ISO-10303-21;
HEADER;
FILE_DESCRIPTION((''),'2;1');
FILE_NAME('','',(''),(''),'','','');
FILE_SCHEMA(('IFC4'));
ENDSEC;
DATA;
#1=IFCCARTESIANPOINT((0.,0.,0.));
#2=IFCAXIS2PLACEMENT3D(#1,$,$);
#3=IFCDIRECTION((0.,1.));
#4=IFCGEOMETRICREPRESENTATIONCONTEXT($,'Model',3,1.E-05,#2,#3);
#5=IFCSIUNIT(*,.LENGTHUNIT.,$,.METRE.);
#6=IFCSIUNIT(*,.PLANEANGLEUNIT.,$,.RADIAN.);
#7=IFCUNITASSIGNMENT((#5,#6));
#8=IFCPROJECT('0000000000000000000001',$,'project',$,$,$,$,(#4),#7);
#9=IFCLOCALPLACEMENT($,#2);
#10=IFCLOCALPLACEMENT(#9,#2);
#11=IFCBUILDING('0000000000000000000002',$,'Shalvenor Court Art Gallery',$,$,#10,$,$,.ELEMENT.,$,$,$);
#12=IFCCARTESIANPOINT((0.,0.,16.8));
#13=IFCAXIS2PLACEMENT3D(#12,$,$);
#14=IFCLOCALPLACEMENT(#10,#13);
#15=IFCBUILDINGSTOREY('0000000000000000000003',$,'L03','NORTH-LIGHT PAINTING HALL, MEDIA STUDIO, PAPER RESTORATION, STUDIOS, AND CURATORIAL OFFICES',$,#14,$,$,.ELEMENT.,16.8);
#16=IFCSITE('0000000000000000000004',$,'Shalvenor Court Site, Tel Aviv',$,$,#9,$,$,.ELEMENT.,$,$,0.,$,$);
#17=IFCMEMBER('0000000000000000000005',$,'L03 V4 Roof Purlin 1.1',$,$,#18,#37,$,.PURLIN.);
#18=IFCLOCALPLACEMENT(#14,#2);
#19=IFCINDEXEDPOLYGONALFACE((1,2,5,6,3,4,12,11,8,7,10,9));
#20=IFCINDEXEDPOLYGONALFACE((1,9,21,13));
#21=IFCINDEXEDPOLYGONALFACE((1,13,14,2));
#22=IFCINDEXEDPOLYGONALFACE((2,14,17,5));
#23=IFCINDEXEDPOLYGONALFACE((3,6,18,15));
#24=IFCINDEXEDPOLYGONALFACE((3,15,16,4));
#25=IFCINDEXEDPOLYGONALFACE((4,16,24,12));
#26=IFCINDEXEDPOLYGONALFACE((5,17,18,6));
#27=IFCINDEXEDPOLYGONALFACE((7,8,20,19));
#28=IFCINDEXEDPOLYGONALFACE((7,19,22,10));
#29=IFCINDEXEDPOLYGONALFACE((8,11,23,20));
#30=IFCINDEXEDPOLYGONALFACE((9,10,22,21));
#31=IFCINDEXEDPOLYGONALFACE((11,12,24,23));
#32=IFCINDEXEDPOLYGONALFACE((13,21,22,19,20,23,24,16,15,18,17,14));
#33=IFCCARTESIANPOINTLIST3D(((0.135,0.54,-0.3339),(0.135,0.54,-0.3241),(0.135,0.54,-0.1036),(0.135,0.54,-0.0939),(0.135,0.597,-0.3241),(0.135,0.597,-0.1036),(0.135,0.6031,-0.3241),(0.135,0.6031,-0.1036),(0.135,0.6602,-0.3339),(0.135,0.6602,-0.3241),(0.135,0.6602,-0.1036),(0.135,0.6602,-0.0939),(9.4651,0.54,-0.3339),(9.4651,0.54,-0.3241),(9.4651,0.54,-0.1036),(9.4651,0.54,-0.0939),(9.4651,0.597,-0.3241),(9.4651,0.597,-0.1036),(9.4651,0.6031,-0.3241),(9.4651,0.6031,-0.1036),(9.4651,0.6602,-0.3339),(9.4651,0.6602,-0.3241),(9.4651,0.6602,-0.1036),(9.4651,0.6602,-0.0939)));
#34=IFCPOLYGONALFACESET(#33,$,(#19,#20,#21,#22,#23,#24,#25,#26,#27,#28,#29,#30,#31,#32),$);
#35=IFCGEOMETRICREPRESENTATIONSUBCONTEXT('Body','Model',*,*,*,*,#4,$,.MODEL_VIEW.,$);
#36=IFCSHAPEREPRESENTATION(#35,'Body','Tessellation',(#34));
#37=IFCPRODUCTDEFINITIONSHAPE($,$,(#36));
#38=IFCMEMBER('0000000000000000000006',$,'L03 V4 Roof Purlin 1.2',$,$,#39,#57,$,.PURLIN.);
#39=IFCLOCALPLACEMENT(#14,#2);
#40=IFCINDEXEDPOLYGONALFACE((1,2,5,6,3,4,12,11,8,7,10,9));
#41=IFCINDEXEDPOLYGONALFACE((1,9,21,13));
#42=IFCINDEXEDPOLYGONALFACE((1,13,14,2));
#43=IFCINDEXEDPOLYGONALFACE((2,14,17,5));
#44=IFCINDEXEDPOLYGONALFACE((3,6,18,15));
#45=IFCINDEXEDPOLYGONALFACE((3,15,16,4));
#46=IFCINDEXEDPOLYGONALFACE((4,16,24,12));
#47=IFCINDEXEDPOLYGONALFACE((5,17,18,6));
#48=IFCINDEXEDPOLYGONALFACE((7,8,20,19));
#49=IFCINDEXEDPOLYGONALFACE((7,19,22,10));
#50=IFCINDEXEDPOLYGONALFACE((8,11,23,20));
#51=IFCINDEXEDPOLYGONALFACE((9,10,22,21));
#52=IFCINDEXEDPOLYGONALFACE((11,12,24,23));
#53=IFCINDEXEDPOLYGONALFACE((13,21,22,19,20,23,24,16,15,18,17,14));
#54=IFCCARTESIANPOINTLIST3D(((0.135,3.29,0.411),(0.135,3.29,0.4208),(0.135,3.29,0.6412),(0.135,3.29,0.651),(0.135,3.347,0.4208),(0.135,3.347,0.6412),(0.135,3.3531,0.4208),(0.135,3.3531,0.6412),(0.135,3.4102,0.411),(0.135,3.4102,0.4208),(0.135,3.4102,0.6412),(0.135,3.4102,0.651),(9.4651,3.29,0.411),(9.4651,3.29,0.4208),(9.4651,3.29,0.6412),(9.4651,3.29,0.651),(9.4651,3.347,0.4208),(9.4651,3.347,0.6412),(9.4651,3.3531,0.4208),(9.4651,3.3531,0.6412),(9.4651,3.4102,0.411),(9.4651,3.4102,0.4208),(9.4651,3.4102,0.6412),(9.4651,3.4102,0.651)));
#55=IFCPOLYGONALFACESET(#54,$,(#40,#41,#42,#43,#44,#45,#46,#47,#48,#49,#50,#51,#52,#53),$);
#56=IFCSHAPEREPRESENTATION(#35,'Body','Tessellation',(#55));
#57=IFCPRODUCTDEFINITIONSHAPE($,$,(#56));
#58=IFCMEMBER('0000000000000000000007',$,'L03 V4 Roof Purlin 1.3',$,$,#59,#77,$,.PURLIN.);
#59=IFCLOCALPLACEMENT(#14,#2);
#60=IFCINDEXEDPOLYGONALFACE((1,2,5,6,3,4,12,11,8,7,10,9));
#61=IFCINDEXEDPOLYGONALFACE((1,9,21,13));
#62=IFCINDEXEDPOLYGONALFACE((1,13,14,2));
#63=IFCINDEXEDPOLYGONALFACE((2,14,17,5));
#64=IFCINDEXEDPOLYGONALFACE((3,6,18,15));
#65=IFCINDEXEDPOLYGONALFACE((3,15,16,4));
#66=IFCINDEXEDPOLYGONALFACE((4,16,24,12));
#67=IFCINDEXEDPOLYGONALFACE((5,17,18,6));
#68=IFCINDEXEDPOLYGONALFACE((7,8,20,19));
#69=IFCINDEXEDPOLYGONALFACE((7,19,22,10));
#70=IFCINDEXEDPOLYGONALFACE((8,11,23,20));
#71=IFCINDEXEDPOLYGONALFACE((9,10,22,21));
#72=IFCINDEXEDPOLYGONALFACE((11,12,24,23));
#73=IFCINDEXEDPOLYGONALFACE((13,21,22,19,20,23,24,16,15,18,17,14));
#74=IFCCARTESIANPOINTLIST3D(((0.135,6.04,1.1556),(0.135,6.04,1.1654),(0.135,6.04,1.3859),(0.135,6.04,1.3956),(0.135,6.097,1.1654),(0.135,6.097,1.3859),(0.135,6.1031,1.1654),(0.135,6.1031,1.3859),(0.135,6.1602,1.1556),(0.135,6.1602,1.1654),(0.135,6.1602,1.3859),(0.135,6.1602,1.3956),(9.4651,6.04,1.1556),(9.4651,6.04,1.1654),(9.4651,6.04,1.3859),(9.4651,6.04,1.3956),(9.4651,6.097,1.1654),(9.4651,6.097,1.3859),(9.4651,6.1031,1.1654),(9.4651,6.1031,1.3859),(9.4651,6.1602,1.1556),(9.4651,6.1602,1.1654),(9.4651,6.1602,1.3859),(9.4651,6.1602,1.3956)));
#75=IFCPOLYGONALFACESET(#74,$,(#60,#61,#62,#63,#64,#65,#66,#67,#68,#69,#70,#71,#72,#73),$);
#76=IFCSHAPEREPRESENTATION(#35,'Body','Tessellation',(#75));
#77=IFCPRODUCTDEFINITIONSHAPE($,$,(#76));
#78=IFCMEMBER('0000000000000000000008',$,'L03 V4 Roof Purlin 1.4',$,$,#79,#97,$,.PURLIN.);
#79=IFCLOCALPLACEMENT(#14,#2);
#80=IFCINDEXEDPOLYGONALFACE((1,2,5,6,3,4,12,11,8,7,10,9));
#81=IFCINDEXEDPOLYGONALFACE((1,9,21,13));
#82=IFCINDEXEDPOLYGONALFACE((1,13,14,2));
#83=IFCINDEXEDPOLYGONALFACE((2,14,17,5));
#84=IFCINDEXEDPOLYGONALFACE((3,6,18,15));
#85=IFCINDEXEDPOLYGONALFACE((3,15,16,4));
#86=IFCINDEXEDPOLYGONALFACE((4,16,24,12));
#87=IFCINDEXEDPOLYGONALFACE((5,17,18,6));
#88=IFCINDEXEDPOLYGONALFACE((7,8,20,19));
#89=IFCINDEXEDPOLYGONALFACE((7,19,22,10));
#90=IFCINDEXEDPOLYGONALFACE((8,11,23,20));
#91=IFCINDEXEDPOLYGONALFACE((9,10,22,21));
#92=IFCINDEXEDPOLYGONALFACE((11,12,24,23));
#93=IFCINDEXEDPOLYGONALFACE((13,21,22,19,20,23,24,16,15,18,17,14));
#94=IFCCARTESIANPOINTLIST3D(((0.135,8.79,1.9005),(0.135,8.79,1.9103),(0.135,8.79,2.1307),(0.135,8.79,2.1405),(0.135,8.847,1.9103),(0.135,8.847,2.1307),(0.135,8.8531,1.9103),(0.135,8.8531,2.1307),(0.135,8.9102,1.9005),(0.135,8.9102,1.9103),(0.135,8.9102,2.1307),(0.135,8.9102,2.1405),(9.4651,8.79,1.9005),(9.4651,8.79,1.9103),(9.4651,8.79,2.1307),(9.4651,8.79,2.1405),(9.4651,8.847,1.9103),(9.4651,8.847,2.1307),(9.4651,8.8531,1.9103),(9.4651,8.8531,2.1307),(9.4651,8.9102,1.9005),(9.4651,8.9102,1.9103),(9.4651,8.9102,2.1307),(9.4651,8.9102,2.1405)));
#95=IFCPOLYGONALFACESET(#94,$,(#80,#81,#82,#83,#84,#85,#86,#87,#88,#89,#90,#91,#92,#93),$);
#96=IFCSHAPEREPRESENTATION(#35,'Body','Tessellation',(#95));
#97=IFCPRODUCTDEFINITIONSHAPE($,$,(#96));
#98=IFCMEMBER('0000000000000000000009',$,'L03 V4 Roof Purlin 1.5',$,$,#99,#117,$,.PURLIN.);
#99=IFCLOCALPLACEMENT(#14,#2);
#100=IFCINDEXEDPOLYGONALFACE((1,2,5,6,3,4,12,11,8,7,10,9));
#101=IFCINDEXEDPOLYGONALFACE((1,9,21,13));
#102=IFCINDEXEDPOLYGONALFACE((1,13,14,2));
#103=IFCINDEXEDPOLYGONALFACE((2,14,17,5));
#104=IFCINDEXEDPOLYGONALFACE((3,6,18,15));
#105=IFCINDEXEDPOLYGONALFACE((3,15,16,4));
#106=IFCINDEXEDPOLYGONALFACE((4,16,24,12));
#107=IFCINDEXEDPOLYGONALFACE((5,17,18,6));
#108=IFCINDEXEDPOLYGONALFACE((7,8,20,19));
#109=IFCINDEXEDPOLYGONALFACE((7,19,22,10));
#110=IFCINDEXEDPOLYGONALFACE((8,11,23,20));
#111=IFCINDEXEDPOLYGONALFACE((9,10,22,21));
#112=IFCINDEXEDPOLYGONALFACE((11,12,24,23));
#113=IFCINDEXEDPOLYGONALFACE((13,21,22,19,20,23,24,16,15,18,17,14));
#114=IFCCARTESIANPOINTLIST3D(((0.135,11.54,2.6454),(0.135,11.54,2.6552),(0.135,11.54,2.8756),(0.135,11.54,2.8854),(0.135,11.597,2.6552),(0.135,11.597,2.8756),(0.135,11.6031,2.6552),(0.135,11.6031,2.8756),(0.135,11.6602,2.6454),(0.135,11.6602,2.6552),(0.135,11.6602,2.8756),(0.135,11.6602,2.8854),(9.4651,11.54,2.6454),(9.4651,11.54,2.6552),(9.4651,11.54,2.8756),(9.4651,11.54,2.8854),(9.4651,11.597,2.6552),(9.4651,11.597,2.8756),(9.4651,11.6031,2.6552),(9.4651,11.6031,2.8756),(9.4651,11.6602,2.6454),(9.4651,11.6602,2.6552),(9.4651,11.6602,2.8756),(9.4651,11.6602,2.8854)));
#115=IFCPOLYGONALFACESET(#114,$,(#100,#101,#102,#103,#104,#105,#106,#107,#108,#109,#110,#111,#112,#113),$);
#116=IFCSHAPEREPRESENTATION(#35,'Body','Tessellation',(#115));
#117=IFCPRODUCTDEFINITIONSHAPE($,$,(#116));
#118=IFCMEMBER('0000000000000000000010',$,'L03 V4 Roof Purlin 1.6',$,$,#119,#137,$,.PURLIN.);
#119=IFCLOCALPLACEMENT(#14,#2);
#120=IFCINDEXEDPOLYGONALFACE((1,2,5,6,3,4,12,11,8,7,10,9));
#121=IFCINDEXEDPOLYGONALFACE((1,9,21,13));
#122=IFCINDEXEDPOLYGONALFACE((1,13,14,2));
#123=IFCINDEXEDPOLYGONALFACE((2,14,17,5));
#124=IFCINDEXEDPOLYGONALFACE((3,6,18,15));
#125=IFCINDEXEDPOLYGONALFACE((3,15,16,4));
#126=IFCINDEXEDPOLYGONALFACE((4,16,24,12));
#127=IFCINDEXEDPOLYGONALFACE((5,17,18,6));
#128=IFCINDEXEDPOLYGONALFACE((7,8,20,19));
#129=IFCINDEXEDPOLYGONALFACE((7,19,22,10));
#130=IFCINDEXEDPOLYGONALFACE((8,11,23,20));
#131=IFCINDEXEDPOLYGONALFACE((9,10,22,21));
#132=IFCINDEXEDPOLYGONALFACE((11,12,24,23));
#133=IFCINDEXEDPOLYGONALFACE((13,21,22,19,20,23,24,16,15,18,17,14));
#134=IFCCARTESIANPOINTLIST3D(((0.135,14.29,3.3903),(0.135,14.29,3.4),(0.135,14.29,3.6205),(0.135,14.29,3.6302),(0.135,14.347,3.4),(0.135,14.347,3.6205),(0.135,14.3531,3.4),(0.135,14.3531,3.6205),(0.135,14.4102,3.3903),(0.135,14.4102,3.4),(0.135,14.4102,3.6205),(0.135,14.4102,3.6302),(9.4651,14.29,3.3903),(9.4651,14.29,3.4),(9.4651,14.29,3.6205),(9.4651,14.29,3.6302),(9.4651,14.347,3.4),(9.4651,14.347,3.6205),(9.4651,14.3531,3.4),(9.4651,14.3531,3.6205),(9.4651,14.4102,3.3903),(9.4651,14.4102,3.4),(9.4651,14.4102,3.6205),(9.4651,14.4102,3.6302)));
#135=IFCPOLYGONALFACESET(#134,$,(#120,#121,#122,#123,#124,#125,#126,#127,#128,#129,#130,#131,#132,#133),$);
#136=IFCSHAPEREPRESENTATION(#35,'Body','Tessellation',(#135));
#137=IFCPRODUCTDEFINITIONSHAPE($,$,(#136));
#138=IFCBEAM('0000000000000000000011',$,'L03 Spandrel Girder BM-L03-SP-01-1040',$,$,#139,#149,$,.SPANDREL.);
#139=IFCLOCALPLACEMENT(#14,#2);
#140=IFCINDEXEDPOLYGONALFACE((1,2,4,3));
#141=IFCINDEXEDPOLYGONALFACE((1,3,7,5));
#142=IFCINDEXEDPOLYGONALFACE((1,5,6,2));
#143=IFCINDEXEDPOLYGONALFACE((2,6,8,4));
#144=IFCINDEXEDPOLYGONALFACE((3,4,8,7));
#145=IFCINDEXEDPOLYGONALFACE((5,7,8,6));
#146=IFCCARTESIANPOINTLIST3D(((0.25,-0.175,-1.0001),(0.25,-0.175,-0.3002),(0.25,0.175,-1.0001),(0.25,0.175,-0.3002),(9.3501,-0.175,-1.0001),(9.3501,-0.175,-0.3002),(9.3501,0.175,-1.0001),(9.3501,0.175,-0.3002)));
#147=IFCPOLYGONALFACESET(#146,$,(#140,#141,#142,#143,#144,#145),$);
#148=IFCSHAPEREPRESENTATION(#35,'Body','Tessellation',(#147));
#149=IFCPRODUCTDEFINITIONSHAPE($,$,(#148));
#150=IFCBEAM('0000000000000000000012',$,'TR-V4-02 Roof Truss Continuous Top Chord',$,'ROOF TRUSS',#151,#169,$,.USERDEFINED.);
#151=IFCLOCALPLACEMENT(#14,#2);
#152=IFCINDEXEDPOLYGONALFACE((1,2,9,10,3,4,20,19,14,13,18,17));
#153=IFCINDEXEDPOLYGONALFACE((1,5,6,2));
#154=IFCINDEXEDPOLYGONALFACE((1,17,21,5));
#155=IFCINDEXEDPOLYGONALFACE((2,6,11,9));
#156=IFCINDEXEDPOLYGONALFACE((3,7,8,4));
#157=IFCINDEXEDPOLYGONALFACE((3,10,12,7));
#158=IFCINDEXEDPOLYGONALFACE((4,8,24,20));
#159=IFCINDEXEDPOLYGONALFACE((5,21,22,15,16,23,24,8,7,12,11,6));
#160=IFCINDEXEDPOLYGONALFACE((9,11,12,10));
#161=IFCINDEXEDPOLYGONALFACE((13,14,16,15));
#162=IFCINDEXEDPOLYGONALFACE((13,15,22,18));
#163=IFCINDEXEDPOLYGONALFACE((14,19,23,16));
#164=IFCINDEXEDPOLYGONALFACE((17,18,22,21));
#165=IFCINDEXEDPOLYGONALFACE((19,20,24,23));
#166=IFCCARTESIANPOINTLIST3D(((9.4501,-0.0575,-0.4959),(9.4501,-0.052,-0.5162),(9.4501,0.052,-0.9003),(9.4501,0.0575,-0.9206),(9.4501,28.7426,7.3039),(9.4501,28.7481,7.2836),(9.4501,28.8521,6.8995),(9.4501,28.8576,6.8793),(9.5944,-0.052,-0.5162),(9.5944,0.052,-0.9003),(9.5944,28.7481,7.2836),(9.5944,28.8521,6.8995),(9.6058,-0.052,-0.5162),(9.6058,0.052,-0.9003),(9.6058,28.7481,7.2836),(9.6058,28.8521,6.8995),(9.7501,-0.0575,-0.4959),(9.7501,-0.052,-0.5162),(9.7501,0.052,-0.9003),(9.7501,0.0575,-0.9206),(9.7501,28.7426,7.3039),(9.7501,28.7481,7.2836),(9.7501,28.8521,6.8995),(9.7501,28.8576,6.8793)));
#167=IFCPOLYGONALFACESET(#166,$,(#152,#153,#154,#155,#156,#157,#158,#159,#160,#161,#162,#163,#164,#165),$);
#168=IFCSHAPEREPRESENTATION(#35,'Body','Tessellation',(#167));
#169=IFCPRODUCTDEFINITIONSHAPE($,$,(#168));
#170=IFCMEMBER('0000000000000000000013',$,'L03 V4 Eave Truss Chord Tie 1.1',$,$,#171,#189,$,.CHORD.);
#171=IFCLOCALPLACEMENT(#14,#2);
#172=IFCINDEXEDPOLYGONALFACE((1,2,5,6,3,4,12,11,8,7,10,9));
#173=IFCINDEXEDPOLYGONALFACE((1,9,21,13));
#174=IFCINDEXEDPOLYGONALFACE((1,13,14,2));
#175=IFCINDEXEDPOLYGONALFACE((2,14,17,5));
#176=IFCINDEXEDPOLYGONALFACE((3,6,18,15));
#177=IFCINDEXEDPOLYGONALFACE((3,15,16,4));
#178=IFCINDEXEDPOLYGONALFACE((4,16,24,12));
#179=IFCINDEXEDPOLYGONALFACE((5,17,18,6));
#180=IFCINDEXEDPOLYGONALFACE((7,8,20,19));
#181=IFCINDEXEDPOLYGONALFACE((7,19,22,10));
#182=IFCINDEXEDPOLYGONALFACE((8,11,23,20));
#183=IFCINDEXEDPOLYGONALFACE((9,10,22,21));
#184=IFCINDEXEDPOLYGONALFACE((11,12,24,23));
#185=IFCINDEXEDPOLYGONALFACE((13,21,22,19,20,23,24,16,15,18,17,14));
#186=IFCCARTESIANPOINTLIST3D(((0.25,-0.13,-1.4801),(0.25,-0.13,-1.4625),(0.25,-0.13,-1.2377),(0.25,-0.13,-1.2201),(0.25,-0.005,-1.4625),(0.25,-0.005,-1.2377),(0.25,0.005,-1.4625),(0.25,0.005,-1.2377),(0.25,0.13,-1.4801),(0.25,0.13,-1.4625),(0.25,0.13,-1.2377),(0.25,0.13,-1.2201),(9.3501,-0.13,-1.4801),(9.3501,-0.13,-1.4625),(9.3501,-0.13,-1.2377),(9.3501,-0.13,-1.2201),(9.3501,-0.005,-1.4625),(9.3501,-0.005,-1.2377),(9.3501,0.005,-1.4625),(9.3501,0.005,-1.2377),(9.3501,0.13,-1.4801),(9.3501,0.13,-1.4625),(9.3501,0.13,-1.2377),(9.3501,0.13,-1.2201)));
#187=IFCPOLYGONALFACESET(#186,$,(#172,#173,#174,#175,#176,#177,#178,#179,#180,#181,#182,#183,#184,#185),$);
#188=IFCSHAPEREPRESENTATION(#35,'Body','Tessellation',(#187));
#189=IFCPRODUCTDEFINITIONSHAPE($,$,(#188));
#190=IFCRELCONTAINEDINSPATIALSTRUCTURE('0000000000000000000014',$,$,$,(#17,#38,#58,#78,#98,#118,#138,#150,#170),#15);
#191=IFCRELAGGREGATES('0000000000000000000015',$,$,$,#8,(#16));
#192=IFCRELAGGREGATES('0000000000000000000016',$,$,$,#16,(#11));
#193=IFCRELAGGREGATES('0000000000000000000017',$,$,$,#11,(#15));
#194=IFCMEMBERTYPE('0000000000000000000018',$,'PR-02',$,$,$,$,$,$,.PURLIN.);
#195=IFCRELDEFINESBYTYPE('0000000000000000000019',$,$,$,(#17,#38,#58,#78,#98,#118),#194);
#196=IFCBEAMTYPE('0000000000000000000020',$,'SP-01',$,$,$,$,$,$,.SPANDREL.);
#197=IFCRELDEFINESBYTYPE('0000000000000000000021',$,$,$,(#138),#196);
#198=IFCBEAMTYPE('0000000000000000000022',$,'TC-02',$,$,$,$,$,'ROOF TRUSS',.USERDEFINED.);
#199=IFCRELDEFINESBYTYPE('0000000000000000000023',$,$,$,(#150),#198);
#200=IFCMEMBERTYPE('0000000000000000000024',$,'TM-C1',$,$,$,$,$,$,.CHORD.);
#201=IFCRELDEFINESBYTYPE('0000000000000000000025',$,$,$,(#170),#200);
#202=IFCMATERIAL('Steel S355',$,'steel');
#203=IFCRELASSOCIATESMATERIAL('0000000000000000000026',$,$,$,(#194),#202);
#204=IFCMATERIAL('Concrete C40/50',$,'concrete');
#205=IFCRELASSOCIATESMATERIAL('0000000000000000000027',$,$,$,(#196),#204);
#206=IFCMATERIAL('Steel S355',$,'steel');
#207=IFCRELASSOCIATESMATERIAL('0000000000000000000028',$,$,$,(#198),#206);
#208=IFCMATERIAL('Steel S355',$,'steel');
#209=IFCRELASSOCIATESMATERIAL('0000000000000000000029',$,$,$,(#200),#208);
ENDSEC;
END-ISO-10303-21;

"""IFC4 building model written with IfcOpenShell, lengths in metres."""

from ifc_helpers import new_model, si_unit, direction, frame, origin, origin_2d, place, context, subcontext, project, spatial, rectangle, i_section, extrude, material, material_profile, profile_set, type_object, element, save


model = new_model("IFC4")

# Units and contexts
model_context = context("Model", 3, precision=1e-05, world=origin(), true_north=direction((0.0, 1.0)))
body_context = subcontext(model_context, "Body", "Model", "MODEL_VIEW")
ifc_project = project(units=[si_unit("LENGTHUNIT", "METRE"), si_unit("PLANEANGLEUNIT", "RADIAN")], contexts=[model_context])

# Site, building, storey
site_placement = place(None, origin())
site = spatial("IfcSite", under=ifc_project, at=site_placement, Name="Shalvenor Court Site, Tel Aviv", CompositionType="ELEMENT", RefElevation=0.0)
building_placement = place(site_placement, origin())
building = spatial("IfcBuilding", under=site, at=building_placement, Name="Shalvenor Court Art Gallery", CompositionType="ELEMENT")
storey_placement = place(building_placement, frame((0.0, 0.0, 16.8)))
storey = spatial("IfcBuildingStorey", under=building, at=storey_placement, Name="L03", Description="NORTH-LIGHT PAINTING HALL, MEDIA STUDIO, PAPER RESTORATION, STUDIOS, AND CURATORIAL OFFICES", CompositionType="ELEMENT", Elevation=16.8)

# Members
ifc_material_1 = material(Name="Steel S355", Category="steel")
ifc_material_profile_1 = material_profile(ifc_material_1, i_section(OverallWidth=0.1201, OverallDepth=0.24, WebThickness=0.0061, FlangeThickness=0.0098, at=origin_2d()), Name="IPE 240")
ifc_profile_set_1 = profile_set([ifc_material_profile_1], Name="Steel S355")
member_type_1 = type_object("IfcMemberType", Name="PR-02", PredefinedType="PURLIN", material=ifc_profile_set_1)
for number, where, z_axis, x_axis, name in (
    (1, (0.135, 0.6001, -0.2139), (1.0, 0.0, 0.0), (0.0, 1.0, 0.0), "L03 V4 Roof Purlin 1.1"),
    (2, (0.135, 3.3501, 0.531), (1.0, 0.0, 0.0), (0.0, 1.0, 0.0), "L03 V4 Roof Purlin 1.2"),
    (3, (0.135, 6.1001, 1.2756), (1.0, 0.0, 0.0), (0.0, 1.0, 0.0), "L03 V4 Roof Purlin 1.3"),
    (4, (0.135, 8.8501, 2.0205), (1.0, 0.0, 0.0), (0.0, 1.0, 0.0), "L03 V4 Roof Purlin 1.4"),
    (5, (0.135, 11.6001, 2.7654), (1.0, 0.0, 0.0), (0.0, 1.0, 0.0), "L03 V4 Roof Purlin 1.5"),
    (6, (0.135, 14.3501, 3.5103), (1.0, 0.0, 0.0), (0.0, 1.0, 0.0), "L03 V4 Roof Purlin 1.6"),
):
    element("IfcMember", number, at=place(storey_placement, frame(where, z_axis=z_axis, x_axis=x_axis)), inside=storey, type_object=member_type_1, Name=name, PredefinedType="PURLIN", context=body_context, shape_type="SweptSolid", body=[
        extrude(i_section(OverallWidth=0.1201, OverallDepth=0.24, WebThickness=0.0061, FlangeThickness=0.0098, at=origin_2d()), origin(), (0.0, 0.0, 1.0), 9.3301),
    ])

# Beams
ifc_material_2 = material(Name="Concrete C40/50", Category="concrete")
ifc_material_profile_2 = material_profile(ifc_material_2, rectangle(XDim=0.3501, YDim=0.7, at=origin_2d()), Name="RC 350x700")
ifc_profile_set_2 = profile_set([ifc_material_profile_2], Name="Concrete C40/50")
beam_type_1 = type_object("IfcBeamType", Name="SP-01", PredefinedType="SPANDREL", material=ifc_profile_set_2)
beam_1_placement = place(storey_placement, frame((0.25, 0.0, -0.6501), z_axis=(1.0, 0.0, 0.0), x_axis=(0.0, 1.0, 0.0)))
element("IfcBeam", 7, at=beam_1_placement, inside=storey, type_object=beam_type_1, Name="L03 Spandrel Girder BM-L03-SP-01-1040", PredefinedType="SPANDREL", context=body_context, shape_type="SweptSolid", body=[
    extrude(rectangle(XDim=0.3501, YDim=0.7, at=origin_2d()), origin(), (0.0, 0.0, 1.0), 9.1001),
])
ifc_material_3 = material(Name="Steel S355", Category="steel")
ifc_material_profile_3 = material_profile(ifc_material_3, i_section(OverallWidth=0.3, OverallDepth=0.4399, WebThickness=0.0115, FlangeThickness=0.021, at=origin_2d()), Name="HEA 450")
ifc_profile_set_3 = profile_set([ifc_material_profile_3], Name="Steel S355")
beam_type_2 = type_object("IfcBeamType", Name="TC-02", ElementType="ROOF TRUSS", PredefinedType="USERDEFINED", material=ifc_profile_set_3)
beam_2_placement = place(storey_placement, frame((9.6001, 0.0, -0.7083), z_axis=(0.0, 0.965228, 0.261409), x_axis=(-1.0, 0.0, 0.0)))
element("IfcBeam", 8, at=beam_2_placement, inside=storey, type_object=beam_type_2, Name="TR-V4-02 Roof Truss Continuous Top Chord", ObjectType="ROOF TRUSS", PredefinedType="USERDEFINED", context=body_context, shape_type="SweptSolid", body=[
    extrude(i_section(OverallWidth=0.3, OverallDepth=0.4399, WebThickness=0.0115, FlangeThickness=0.021, at=origin_2d()), origin(), (0.0, 0.0, 1.0), 29.8376),
])

# Member
ifc_material_4 = material(Name="Steel S355", Category="steel")
ifc_material_profile_4 = material_profile(ifc_material_4, i_section(OverallWidth=0.26, OverallDepth=0.26, WebThickness=0.01, FlangeThickness=0.0176, at=origin_2d()), Name="HEB 260")
ifc_profile_set_4 = profile_set([ifc_material_profile_4], Name="Steel S355")
member_type_2 = type_object("IfcMemberType", Name="TM-C1", PredefinedType="CHORD", material=ifc_profile_set_4)
member_1_placement = place(storey_placement, frame((0.25, 0.0, -1.3501), z_axis=(1.0, 0.0, 0.0), x_axis=(0.0, 1.0, 0.0)))
element("IfcMember", 9, at=member_1_placement, inside=storey, type_object=member_type_2, Name="L03 V4 Eave Truss Chord Tie 1.1", PredefinedType="CHORD", context=body_context, shape_type="SweptSolid", body=[
    extrude(i_section(OverallWidth=0.26, OverallDepth=0.26, WebThickness=0.01, FlangeThickness=0.0176, at=origin_2d()), origin(), (0.0, 0.0, 1.0), 9.1001),
])

save(model, "model.ifc")
